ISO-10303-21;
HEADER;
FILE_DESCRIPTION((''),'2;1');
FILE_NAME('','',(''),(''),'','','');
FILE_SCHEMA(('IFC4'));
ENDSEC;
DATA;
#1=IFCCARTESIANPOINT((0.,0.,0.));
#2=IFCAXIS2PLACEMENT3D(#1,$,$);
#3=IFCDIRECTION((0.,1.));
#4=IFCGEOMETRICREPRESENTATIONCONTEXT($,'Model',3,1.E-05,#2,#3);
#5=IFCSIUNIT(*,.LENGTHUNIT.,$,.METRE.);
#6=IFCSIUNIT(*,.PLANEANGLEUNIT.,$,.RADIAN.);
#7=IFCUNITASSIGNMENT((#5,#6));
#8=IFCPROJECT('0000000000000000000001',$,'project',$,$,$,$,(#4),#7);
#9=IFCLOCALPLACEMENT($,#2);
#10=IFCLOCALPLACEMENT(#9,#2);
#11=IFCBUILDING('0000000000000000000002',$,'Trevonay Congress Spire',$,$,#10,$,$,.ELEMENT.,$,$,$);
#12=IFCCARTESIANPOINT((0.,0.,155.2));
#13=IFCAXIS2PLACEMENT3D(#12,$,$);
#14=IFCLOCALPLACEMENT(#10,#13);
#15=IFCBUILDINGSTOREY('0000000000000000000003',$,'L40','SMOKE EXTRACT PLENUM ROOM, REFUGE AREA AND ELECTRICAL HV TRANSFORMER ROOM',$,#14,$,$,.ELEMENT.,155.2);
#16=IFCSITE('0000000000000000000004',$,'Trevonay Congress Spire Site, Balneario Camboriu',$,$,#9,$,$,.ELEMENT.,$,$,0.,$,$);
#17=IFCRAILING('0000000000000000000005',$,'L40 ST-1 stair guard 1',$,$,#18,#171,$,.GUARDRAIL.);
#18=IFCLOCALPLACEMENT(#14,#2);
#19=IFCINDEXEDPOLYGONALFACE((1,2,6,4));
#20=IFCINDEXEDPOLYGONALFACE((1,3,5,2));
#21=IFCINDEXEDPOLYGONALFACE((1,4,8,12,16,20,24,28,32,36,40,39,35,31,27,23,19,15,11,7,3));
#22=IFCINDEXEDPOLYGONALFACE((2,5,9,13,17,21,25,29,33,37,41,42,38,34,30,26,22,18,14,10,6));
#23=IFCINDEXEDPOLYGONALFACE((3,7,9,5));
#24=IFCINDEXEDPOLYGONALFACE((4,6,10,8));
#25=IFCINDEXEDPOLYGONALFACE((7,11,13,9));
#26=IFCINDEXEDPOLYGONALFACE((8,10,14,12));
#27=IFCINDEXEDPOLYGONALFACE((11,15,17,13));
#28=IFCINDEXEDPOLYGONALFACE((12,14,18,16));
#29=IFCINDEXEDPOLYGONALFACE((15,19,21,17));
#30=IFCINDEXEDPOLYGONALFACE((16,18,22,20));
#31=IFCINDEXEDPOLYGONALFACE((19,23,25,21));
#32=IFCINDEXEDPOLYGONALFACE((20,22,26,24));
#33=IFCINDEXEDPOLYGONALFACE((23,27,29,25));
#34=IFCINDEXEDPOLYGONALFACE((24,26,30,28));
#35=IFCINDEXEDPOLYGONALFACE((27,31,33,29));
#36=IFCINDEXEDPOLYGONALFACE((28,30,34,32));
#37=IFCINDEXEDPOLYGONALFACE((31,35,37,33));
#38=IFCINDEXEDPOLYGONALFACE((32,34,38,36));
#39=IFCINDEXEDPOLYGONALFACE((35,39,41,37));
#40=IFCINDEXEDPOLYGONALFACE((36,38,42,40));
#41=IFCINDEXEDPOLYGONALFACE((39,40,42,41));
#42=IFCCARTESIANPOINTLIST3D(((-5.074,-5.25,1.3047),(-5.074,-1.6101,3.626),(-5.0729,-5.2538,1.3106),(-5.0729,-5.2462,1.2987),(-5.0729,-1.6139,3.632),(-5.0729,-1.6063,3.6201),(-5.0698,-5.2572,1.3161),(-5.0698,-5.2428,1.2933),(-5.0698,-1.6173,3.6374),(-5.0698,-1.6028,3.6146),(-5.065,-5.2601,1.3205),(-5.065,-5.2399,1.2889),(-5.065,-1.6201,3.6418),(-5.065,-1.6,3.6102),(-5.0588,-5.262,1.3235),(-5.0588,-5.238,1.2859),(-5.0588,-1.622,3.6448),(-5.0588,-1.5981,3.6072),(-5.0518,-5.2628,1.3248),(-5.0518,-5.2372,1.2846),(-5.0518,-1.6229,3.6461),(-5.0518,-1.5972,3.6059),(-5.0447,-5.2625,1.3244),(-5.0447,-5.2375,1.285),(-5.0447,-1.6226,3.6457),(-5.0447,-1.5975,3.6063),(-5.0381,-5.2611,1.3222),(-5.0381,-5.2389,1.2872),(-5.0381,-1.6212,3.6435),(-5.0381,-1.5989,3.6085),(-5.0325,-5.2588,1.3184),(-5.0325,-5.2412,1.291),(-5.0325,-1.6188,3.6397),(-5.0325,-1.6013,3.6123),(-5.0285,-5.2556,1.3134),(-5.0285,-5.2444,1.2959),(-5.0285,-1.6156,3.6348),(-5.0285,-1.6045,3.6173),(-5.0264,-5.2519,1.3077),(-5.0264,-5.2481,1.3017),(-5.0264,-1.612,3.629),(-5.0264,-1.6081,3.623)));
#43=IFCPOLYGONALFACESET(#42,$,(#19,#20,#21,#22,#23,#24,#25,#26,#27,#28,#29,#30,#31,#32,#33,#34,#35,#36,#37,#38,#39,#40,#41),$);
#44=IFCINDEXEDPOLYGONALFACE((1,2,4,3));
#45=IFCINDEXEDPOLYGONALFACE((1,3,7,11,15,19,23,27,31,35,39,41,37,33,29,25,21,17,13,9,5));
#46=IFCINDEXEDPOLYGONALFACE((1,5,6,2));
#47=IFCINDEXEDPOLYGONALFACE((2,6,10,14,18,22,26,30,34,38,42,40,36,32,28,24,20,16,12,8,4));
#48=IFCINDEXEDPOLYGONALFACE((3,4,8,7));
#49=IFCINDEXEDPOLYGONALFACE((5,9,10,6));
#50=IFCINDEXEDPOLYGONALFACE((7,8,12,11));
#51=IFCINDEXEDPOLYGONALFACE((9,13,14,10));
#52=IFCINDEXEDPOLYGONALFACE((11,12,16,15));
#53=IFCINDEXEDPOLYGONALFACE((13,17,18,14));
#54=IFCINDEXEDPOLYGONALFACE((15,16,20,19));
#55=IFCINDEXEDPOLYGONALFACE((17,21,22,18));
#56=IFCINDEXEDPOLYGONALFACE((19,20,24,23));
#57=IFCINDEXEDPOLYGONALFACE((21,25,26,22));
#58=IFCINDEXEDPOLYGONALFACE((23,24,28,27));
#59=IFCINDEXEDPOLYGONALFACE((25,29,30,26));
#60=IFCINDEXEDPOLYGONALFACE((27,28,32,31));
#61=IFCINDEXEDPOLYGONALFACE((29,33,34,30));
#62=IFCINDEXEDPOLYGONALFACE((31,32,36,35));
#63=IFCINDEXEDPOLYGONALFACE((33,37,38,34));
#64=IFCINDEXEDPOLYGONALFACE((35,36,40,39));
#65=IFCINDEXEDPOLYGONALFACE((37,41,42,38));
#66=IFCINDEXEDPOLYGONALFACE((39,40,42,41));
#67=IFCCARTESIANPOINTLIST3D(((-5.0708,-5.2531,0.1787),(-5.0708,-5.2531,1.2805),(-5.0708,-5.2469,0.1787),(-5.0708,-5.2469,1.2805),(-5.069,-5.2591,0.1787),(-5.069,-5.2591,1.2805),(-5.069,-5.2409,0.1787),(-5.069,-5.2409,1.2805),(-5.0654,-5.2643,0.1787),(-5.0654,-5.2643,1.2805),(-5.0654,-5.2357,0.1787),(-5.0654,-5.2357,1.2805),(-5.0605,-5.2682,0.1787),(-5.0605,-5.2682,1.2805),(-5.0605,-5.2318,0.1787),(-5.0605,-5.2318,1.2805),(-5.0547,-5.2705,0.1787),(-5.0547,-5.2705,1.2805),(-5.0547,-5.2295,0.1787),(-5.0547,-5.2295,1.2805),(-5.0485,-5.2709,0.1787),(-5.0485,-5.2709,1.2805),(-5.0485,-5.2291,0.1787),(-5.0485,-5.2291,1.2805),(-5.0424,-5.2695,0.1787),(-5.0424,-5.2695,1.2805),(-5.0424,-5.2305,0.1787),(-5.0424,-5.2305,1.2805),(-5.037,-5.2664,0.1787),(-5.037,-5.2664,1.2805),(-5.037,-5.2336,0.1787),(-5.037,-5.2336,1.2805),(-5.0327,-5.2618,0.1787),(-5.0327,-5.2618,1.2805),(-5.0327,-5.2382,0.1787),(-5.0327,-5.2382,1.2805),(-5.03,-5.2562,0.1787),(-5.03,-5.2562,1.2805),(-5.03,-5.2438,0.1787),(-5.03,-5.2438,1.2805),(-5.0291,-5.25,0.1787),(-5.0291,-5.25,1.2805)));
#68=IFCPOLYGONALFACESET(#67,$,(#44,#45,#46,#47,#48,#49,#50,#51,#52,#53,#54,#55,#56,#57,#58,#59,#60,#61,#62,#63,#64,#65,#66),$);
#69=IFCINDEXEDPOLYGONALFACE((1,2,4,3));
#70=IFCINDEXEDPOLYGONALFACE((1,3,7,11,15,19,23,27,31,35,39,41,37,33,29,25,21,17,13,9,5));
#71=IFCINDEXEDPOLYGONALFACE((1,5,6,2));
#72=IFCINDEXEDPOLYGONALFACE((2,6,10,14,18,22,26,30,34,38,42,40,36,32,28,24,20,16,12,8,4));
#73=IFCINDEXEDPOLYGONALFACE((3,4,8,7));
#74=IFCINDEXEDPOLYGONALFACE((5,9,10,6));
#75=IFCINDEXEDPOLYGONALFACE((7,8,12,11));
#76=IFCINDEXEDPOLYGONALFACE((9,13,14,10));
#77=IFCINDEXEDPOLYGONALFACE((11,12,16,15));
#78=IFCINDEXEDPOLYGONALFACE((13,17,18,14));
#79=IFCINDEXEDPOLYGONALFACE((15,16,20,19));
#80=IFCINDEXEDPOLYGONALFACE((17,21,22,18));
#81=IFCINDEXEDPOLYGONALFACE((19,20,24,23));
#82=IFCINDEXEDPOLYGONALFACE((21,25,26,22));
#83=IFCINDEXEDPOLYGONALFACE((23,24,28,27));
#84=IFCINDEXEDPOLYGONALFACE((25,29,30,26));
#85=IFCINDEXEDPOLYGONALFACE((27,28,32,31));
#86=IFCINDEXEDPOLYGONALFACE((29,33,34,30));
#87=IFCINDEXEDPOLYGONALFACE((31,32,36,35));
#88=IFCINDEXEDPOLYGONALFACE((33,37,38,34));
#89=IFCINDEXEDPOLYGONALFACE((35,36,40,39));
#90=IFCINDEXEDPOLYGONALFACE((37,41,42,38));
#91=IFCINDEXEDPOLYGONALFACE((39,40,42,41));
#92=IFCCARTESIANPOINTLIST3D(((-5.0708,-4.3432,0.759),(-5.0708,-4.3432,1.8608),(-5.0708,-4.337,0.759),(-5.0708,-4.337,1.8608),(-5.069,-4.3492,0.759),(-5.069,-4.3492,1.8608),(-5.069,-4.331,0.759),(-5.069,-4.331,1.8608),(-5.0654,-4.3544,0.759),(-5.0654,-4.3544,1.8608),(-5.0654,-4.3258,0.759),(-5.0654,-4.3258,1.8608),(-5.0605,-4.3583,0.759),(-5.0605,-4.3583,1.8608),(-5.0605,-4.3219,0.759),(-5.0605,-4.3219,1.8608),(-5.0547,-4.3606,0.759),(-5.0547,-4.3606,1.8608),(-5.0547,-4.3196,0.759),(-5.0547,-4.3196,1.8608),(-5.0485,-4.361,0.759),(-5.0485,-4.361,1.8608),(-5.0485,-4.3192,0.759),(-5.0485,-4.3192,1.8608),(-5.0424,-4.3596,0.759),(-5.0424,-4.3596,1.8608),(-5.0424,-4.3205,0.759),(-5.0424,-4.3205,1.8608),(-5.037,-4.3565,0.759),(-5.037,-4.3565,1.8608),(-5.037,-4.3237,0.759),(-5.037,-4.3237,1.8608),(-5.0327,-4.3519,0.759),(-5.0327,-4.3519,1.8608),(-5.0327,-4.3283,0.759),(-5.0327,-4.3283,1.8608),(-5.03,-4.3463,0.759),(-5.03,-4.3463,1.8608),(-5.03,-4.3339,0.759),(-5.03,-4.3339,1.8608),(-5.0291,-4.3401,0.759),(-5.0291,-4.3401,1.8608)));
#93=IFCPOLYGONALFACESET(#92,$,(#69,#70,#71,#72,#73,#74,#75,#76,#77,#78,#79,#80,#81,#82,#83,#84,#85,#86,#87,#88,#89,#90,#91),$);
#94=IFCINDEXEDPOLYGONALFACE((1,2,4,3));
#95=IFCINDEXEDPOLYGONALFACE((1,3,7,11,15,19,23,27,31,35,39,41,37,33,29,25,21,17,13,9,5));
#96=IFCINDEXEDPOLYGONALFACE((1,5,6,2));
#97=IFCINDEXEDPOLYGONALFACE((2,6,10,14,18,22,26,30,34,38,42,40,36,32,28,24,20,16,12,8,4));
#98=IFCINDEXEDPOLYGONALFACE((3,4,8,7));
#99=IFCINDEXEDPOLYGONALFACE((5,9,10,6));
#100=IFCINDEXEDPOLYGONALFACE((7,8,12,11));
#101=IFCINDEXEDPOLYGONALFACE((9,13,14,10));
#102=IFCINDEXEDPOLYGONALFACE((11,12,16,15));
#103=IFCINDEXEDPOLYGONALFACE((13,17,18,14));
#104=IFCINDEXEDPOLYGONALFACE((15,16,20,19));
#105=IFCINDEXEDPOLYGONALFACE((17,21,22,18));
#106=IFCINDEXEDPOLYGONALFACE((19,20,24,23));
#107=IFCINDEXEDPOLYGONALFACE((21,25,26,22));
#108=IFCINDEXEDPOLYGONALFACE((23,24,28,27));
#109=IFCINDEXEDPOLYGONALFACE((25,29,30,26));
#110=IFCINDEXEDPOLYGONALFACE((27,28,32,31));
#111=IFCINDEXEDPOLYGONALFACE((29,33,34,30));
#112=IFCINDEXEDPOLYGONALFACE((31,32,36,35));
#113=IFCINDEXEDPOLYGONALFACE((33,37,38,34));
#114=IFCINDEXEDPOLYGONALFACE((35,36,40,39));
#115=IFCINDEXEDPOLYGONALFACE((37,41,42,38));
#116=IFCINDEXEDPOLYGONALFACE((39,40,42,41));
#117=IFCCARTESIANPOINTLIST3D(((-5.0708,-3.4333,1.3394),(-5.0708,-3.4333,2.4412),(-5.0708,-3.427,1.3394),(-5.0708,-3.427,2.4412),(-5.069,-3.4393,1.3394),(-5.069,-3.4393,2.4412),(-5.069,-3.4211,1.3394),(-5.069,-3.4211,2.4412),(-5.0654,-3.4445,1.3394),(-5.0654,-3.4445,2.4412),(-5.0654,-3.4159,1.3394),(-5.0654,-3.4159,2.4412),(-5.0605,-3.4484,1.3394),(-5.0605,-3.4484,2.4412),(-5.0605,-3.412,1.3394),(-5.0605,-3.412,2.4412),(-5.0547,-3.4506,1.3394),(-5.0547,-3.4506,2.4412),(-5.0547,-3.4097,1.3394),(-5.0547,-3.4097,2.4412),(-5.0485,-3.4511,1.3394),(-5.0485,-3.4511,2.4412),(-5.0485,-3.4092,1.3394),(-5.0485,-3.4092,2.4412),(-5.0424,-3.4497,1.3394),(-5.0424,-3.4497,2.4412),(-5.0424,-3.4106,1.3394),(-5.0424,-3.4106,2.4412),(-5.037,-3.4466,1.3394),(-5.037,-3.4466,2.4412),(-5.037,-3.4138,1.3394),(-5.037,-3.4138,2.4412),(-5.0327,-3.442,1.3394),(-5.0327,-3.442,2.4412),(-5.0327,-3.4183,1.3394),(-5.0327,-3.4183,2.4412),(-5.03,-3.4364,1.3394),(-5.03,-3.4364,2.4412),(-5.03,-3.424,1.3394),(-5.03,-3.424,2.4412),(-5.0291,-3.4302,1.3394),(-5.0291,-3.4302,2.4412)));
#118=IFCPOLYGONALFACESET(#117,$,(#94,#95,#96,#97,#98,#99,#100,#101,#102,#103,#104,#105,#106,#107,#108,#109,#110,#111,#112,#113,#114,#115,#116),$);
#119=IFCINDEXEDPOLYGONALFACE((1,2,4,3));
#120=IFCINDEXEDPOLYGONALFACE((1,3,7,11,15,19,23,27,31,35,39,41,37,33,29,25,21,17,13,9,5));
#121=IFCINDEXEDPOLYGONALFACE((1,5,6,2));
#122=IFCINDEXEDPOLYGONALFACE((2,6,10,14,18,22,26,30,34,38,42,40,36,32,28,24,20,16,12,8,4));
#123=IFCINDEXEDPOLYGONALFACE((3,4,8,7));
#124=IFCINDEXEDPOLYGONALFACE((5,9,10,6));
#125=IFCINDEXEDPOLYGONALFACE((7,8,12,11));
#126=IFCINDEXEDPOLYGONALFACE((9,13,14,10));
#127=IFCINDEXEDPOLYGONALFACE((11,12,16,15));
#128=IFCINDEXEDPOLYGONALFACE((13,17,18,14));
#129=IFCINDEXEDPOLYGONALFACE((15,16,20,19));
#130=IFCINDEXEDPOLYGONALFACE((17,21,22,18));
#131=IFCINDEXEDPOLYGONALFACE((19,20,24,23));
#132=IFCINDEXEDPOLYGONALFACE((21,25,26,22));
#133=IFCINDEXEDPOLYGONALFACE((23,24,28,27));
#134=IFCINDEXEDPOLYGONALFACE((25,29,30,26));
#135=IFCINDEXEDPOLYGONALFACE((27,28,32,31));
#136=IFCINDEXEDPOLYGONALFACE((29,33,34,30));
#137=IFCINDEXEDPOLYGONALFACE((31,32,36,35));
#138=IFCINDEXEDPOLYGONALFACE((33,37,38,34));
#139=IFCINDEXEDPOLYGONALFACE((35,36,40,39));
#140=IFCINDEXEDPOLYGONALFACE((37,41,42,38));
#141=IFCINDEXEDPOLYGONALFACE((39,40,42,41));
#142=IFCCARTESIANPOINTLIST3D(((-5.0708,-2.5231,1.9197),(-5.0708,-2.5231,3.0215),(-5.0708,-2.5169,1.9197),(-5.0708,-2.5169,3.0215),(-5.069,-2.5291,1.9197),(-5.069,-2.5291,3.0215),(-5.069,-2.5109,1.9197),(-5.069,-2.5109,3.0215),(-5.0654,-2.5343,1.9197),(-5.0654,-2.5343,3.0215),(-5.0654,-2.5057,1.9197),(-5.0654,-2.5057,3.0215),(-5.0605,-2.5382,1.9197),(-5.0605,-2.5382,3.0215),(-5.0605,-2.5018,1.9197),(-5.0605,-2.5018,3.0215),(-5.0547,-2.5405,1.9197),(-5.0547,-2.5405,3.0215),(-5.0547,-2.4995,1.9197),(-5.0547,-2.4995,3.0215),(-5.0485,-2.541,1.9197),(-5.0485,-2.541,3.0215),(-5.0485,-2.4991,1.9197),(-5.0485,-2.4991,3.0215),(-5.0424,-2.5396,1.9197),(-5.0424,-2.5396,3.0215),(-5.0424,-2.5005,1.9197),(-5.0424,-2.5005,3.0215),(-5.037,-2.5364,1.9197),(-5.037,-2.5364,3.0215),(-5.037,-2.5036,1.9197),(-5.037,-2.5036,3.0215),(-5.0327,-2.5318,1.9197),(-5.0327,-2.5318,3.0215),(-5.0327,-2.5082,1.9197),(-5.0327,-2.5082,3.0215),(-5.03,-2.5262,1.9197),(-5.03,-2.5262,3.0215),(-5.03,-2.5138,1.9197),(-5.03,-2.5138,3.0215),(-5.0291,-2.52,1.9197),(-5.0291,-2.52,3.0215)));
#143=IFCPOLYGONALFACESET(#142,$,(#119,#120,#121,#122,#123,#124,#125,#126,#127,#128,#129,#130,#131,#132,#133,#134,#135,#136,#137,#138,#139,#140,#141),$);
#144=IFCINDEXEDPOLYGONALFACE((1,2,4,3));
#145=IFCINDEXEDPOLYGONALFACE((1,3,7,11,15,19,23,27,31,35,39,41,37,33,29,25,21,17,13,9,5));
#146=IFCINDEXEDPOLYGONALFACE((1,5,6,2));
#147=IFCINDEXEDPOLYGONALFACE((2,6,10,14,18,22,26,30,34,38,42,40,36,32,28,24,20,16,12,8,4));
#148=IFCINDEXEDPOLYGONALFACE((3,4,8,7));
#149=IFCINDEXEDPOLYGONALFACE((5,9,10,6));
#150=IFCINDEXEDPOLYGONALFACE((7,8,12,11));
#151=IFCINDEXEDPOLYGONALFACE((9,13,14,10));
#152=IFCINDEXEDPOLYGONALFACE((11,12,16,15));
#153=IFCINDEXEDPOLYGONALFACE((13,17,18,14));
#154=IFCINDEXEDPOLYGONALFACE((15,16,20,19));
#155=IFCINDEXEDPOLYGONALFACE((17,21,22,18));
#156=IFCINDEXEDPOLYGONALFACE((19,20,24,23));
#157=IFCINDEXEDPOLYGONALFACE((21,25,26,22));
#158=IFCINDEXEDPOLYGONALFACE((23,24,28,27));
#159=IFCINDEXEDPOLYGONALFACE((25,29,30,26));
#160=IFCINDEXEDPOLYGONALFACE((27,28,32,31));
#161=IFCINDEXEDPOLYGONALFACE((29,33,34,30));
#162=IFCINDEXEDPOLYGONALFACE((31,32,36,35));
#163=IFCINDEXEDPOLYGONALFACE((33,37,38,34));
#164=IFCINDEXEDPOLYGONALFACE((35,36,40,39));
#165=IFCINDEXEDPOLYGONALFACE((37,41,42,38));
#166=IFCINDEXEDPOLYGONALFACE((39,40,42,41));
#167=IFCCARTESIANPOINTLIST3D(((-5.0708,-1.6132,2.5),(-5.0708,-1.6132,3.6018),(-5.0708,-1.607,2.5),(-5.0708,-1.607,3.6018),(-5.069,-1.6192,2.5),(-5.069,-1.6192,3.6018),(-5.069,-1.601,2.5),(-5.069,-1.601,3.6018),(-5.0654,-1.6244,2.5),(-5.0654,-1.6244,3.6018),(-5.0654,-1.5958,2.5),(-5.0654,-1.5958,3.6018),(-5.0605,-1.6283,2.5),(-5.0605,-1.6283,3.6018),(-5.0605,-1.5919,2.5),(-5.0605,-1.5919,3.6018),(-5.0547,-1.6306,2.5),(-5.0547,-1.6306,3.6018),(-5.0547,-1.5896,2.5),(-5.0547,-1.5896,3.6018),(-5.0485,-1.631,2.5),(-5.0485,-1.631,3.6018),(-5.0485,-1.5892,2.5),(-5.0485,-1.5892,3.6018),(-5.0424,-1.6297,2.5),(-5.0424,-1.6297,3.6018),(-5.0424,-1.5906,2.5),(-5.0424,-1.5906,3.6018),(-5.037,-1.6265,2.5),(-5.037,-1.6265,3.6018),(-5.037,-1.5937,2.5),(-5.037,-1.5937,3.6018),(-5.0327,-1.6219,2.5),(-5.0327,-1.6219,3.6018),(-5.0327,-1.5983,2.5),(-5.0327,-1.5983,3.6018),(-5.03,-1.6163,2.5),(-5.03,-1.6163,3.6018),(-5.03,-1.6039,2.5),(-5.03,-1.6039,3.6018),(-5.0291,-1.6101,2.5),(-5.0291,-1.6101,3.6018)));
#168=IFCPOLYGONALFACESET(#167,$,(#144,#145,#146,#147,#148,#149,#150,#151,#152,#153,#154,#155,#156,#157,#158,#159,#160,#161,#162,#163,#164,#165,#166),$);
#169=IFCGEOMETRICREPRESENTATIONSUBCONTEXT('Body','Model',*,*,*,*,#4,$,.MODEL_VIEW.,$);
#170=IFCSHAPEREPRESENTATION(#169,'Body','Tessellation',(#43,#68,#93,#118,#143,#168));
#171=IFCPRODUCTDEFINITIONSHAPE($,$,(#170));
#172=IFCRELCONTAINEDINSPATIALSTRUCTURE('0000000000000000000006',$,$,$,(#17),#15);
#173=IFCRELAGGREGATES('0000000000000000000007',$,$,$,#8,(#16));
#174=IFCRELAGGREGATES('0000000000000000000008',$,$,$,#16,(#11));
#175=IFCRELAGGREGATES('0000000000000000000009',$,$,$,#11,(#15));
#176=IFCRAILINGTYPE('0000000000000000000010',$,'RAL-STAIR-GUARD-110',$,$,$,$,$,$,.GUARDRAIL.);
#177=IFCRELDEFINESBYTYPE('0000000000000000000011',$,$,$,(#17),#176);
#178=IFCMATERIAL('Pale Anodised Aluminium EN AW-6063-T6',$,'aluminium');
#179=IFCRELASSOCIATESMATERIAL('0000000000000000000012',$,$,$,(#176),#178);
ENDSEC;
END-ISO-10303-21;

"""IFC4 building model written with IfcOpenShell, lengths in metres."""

from ifc_helpers import new_model, si_unit, direction, frame, origin, origin_2d, place, context, subcontext, project, spatial, circle, extrude, material, type_object, element, save


model = new_model("IFC4")

# Units and contexts
model_context = context("Model", 3, precision=1e-05, world=origin(), true_north=direction((0.0, 1.0)))
body_context = subcontext(model_context, "Body", "Model", "MODEL_VIEW")
ifc_project = project(units=[si_unit("LENGTHUNIT", "METRE"), si_unit("PLANEANGLEUNIT", "RADIAN")], contexts=[model_context])

# Site, building, storey
site_placement = place(None, origin())
site = spatial("IfcSite", under=ifc_project, at=site_placement, Name="Trevonay Congress Spire Site, Balneario Camboriu", CompositionType="ELEMENT", RefElevation=0.0)
building_placement = place(site_placement, origin())
building = spatial("IfcBuilding", under=site, at=building_placement, Name="Trevonay Congress Spire", CompositionType="ELEMENT")
storey_placement = place(building_placement, frame((0.0, 0.0, 155.2)))
storey = spatial("IfcBuildingStorey", under=building, at=storey_placement, Name="L40", Description="SMOKE EXTRACT PLENUM ROOM, REFUGE AREA AND ELECTRICAL HV TRANSFORMER ROOM", CompositionType="ELEMENT", Elevation=155.2)

# Railing
ifc_material_1 = material(Name="Pale Anodised Aluminium EN AW-6063-T6", Category="aluminium")
railing_type_1 = type_object("IfcRailingType", Name="RAL-STAIR-GUARD-110", PredefinedType="GUARDRAIL", material=ifc_material_1)
railing_1_placement = place(storey_placement, frame((-5.05, -5.25, 0.1787)))
element("IfcRailing", 1, at=railing_1_placement, inside=storey, type_object=railing_type_1, Name="L40 ST-1 stair guard 1", PredefinedType="GUARDRAIL", context=body_context, shape_type="SweptSolid", body=[
    extrude(circle(Radius=0.0239, at=origin_2d()), frame((0.0, 0.0, 1.126), z_axis=(0.0, 0.843137, 0.537699), x_axis=(-1.0, 0.0, 0.0)), (0.0, 0.0, 1.0), 4.3171),
    extrude(circle(Radius=0.021, at=origin_2d()), origin(), (0.0, 0.0, 1.0), 1.1018),
    extrude(circle(Radius=0.021, at=origin_2d()), frame((0.0, 0.9099, 0.5803)), (0.0, 0.0, 1.0), 1.1018),
    extrude(circle(Radius=0.021, at=origin_2d()), frame((0.0, 1.8198, 1.1606)), (0.0, 0.0, 1.0), 1.1018),
    extrude(circle(Radius=0.021, at=origin_2d()), frame((0.0, 2.73, 1.741)), (0.0, 0.0, 1.0), 1.1018),
    extrude(circle(Radius=0.021, at=origin_2d()), frame((0.0, 3.6399, 2.3213)), (0.0, 0.0, 1.0), 1.1018),
])

save(model, "model.ifc")
